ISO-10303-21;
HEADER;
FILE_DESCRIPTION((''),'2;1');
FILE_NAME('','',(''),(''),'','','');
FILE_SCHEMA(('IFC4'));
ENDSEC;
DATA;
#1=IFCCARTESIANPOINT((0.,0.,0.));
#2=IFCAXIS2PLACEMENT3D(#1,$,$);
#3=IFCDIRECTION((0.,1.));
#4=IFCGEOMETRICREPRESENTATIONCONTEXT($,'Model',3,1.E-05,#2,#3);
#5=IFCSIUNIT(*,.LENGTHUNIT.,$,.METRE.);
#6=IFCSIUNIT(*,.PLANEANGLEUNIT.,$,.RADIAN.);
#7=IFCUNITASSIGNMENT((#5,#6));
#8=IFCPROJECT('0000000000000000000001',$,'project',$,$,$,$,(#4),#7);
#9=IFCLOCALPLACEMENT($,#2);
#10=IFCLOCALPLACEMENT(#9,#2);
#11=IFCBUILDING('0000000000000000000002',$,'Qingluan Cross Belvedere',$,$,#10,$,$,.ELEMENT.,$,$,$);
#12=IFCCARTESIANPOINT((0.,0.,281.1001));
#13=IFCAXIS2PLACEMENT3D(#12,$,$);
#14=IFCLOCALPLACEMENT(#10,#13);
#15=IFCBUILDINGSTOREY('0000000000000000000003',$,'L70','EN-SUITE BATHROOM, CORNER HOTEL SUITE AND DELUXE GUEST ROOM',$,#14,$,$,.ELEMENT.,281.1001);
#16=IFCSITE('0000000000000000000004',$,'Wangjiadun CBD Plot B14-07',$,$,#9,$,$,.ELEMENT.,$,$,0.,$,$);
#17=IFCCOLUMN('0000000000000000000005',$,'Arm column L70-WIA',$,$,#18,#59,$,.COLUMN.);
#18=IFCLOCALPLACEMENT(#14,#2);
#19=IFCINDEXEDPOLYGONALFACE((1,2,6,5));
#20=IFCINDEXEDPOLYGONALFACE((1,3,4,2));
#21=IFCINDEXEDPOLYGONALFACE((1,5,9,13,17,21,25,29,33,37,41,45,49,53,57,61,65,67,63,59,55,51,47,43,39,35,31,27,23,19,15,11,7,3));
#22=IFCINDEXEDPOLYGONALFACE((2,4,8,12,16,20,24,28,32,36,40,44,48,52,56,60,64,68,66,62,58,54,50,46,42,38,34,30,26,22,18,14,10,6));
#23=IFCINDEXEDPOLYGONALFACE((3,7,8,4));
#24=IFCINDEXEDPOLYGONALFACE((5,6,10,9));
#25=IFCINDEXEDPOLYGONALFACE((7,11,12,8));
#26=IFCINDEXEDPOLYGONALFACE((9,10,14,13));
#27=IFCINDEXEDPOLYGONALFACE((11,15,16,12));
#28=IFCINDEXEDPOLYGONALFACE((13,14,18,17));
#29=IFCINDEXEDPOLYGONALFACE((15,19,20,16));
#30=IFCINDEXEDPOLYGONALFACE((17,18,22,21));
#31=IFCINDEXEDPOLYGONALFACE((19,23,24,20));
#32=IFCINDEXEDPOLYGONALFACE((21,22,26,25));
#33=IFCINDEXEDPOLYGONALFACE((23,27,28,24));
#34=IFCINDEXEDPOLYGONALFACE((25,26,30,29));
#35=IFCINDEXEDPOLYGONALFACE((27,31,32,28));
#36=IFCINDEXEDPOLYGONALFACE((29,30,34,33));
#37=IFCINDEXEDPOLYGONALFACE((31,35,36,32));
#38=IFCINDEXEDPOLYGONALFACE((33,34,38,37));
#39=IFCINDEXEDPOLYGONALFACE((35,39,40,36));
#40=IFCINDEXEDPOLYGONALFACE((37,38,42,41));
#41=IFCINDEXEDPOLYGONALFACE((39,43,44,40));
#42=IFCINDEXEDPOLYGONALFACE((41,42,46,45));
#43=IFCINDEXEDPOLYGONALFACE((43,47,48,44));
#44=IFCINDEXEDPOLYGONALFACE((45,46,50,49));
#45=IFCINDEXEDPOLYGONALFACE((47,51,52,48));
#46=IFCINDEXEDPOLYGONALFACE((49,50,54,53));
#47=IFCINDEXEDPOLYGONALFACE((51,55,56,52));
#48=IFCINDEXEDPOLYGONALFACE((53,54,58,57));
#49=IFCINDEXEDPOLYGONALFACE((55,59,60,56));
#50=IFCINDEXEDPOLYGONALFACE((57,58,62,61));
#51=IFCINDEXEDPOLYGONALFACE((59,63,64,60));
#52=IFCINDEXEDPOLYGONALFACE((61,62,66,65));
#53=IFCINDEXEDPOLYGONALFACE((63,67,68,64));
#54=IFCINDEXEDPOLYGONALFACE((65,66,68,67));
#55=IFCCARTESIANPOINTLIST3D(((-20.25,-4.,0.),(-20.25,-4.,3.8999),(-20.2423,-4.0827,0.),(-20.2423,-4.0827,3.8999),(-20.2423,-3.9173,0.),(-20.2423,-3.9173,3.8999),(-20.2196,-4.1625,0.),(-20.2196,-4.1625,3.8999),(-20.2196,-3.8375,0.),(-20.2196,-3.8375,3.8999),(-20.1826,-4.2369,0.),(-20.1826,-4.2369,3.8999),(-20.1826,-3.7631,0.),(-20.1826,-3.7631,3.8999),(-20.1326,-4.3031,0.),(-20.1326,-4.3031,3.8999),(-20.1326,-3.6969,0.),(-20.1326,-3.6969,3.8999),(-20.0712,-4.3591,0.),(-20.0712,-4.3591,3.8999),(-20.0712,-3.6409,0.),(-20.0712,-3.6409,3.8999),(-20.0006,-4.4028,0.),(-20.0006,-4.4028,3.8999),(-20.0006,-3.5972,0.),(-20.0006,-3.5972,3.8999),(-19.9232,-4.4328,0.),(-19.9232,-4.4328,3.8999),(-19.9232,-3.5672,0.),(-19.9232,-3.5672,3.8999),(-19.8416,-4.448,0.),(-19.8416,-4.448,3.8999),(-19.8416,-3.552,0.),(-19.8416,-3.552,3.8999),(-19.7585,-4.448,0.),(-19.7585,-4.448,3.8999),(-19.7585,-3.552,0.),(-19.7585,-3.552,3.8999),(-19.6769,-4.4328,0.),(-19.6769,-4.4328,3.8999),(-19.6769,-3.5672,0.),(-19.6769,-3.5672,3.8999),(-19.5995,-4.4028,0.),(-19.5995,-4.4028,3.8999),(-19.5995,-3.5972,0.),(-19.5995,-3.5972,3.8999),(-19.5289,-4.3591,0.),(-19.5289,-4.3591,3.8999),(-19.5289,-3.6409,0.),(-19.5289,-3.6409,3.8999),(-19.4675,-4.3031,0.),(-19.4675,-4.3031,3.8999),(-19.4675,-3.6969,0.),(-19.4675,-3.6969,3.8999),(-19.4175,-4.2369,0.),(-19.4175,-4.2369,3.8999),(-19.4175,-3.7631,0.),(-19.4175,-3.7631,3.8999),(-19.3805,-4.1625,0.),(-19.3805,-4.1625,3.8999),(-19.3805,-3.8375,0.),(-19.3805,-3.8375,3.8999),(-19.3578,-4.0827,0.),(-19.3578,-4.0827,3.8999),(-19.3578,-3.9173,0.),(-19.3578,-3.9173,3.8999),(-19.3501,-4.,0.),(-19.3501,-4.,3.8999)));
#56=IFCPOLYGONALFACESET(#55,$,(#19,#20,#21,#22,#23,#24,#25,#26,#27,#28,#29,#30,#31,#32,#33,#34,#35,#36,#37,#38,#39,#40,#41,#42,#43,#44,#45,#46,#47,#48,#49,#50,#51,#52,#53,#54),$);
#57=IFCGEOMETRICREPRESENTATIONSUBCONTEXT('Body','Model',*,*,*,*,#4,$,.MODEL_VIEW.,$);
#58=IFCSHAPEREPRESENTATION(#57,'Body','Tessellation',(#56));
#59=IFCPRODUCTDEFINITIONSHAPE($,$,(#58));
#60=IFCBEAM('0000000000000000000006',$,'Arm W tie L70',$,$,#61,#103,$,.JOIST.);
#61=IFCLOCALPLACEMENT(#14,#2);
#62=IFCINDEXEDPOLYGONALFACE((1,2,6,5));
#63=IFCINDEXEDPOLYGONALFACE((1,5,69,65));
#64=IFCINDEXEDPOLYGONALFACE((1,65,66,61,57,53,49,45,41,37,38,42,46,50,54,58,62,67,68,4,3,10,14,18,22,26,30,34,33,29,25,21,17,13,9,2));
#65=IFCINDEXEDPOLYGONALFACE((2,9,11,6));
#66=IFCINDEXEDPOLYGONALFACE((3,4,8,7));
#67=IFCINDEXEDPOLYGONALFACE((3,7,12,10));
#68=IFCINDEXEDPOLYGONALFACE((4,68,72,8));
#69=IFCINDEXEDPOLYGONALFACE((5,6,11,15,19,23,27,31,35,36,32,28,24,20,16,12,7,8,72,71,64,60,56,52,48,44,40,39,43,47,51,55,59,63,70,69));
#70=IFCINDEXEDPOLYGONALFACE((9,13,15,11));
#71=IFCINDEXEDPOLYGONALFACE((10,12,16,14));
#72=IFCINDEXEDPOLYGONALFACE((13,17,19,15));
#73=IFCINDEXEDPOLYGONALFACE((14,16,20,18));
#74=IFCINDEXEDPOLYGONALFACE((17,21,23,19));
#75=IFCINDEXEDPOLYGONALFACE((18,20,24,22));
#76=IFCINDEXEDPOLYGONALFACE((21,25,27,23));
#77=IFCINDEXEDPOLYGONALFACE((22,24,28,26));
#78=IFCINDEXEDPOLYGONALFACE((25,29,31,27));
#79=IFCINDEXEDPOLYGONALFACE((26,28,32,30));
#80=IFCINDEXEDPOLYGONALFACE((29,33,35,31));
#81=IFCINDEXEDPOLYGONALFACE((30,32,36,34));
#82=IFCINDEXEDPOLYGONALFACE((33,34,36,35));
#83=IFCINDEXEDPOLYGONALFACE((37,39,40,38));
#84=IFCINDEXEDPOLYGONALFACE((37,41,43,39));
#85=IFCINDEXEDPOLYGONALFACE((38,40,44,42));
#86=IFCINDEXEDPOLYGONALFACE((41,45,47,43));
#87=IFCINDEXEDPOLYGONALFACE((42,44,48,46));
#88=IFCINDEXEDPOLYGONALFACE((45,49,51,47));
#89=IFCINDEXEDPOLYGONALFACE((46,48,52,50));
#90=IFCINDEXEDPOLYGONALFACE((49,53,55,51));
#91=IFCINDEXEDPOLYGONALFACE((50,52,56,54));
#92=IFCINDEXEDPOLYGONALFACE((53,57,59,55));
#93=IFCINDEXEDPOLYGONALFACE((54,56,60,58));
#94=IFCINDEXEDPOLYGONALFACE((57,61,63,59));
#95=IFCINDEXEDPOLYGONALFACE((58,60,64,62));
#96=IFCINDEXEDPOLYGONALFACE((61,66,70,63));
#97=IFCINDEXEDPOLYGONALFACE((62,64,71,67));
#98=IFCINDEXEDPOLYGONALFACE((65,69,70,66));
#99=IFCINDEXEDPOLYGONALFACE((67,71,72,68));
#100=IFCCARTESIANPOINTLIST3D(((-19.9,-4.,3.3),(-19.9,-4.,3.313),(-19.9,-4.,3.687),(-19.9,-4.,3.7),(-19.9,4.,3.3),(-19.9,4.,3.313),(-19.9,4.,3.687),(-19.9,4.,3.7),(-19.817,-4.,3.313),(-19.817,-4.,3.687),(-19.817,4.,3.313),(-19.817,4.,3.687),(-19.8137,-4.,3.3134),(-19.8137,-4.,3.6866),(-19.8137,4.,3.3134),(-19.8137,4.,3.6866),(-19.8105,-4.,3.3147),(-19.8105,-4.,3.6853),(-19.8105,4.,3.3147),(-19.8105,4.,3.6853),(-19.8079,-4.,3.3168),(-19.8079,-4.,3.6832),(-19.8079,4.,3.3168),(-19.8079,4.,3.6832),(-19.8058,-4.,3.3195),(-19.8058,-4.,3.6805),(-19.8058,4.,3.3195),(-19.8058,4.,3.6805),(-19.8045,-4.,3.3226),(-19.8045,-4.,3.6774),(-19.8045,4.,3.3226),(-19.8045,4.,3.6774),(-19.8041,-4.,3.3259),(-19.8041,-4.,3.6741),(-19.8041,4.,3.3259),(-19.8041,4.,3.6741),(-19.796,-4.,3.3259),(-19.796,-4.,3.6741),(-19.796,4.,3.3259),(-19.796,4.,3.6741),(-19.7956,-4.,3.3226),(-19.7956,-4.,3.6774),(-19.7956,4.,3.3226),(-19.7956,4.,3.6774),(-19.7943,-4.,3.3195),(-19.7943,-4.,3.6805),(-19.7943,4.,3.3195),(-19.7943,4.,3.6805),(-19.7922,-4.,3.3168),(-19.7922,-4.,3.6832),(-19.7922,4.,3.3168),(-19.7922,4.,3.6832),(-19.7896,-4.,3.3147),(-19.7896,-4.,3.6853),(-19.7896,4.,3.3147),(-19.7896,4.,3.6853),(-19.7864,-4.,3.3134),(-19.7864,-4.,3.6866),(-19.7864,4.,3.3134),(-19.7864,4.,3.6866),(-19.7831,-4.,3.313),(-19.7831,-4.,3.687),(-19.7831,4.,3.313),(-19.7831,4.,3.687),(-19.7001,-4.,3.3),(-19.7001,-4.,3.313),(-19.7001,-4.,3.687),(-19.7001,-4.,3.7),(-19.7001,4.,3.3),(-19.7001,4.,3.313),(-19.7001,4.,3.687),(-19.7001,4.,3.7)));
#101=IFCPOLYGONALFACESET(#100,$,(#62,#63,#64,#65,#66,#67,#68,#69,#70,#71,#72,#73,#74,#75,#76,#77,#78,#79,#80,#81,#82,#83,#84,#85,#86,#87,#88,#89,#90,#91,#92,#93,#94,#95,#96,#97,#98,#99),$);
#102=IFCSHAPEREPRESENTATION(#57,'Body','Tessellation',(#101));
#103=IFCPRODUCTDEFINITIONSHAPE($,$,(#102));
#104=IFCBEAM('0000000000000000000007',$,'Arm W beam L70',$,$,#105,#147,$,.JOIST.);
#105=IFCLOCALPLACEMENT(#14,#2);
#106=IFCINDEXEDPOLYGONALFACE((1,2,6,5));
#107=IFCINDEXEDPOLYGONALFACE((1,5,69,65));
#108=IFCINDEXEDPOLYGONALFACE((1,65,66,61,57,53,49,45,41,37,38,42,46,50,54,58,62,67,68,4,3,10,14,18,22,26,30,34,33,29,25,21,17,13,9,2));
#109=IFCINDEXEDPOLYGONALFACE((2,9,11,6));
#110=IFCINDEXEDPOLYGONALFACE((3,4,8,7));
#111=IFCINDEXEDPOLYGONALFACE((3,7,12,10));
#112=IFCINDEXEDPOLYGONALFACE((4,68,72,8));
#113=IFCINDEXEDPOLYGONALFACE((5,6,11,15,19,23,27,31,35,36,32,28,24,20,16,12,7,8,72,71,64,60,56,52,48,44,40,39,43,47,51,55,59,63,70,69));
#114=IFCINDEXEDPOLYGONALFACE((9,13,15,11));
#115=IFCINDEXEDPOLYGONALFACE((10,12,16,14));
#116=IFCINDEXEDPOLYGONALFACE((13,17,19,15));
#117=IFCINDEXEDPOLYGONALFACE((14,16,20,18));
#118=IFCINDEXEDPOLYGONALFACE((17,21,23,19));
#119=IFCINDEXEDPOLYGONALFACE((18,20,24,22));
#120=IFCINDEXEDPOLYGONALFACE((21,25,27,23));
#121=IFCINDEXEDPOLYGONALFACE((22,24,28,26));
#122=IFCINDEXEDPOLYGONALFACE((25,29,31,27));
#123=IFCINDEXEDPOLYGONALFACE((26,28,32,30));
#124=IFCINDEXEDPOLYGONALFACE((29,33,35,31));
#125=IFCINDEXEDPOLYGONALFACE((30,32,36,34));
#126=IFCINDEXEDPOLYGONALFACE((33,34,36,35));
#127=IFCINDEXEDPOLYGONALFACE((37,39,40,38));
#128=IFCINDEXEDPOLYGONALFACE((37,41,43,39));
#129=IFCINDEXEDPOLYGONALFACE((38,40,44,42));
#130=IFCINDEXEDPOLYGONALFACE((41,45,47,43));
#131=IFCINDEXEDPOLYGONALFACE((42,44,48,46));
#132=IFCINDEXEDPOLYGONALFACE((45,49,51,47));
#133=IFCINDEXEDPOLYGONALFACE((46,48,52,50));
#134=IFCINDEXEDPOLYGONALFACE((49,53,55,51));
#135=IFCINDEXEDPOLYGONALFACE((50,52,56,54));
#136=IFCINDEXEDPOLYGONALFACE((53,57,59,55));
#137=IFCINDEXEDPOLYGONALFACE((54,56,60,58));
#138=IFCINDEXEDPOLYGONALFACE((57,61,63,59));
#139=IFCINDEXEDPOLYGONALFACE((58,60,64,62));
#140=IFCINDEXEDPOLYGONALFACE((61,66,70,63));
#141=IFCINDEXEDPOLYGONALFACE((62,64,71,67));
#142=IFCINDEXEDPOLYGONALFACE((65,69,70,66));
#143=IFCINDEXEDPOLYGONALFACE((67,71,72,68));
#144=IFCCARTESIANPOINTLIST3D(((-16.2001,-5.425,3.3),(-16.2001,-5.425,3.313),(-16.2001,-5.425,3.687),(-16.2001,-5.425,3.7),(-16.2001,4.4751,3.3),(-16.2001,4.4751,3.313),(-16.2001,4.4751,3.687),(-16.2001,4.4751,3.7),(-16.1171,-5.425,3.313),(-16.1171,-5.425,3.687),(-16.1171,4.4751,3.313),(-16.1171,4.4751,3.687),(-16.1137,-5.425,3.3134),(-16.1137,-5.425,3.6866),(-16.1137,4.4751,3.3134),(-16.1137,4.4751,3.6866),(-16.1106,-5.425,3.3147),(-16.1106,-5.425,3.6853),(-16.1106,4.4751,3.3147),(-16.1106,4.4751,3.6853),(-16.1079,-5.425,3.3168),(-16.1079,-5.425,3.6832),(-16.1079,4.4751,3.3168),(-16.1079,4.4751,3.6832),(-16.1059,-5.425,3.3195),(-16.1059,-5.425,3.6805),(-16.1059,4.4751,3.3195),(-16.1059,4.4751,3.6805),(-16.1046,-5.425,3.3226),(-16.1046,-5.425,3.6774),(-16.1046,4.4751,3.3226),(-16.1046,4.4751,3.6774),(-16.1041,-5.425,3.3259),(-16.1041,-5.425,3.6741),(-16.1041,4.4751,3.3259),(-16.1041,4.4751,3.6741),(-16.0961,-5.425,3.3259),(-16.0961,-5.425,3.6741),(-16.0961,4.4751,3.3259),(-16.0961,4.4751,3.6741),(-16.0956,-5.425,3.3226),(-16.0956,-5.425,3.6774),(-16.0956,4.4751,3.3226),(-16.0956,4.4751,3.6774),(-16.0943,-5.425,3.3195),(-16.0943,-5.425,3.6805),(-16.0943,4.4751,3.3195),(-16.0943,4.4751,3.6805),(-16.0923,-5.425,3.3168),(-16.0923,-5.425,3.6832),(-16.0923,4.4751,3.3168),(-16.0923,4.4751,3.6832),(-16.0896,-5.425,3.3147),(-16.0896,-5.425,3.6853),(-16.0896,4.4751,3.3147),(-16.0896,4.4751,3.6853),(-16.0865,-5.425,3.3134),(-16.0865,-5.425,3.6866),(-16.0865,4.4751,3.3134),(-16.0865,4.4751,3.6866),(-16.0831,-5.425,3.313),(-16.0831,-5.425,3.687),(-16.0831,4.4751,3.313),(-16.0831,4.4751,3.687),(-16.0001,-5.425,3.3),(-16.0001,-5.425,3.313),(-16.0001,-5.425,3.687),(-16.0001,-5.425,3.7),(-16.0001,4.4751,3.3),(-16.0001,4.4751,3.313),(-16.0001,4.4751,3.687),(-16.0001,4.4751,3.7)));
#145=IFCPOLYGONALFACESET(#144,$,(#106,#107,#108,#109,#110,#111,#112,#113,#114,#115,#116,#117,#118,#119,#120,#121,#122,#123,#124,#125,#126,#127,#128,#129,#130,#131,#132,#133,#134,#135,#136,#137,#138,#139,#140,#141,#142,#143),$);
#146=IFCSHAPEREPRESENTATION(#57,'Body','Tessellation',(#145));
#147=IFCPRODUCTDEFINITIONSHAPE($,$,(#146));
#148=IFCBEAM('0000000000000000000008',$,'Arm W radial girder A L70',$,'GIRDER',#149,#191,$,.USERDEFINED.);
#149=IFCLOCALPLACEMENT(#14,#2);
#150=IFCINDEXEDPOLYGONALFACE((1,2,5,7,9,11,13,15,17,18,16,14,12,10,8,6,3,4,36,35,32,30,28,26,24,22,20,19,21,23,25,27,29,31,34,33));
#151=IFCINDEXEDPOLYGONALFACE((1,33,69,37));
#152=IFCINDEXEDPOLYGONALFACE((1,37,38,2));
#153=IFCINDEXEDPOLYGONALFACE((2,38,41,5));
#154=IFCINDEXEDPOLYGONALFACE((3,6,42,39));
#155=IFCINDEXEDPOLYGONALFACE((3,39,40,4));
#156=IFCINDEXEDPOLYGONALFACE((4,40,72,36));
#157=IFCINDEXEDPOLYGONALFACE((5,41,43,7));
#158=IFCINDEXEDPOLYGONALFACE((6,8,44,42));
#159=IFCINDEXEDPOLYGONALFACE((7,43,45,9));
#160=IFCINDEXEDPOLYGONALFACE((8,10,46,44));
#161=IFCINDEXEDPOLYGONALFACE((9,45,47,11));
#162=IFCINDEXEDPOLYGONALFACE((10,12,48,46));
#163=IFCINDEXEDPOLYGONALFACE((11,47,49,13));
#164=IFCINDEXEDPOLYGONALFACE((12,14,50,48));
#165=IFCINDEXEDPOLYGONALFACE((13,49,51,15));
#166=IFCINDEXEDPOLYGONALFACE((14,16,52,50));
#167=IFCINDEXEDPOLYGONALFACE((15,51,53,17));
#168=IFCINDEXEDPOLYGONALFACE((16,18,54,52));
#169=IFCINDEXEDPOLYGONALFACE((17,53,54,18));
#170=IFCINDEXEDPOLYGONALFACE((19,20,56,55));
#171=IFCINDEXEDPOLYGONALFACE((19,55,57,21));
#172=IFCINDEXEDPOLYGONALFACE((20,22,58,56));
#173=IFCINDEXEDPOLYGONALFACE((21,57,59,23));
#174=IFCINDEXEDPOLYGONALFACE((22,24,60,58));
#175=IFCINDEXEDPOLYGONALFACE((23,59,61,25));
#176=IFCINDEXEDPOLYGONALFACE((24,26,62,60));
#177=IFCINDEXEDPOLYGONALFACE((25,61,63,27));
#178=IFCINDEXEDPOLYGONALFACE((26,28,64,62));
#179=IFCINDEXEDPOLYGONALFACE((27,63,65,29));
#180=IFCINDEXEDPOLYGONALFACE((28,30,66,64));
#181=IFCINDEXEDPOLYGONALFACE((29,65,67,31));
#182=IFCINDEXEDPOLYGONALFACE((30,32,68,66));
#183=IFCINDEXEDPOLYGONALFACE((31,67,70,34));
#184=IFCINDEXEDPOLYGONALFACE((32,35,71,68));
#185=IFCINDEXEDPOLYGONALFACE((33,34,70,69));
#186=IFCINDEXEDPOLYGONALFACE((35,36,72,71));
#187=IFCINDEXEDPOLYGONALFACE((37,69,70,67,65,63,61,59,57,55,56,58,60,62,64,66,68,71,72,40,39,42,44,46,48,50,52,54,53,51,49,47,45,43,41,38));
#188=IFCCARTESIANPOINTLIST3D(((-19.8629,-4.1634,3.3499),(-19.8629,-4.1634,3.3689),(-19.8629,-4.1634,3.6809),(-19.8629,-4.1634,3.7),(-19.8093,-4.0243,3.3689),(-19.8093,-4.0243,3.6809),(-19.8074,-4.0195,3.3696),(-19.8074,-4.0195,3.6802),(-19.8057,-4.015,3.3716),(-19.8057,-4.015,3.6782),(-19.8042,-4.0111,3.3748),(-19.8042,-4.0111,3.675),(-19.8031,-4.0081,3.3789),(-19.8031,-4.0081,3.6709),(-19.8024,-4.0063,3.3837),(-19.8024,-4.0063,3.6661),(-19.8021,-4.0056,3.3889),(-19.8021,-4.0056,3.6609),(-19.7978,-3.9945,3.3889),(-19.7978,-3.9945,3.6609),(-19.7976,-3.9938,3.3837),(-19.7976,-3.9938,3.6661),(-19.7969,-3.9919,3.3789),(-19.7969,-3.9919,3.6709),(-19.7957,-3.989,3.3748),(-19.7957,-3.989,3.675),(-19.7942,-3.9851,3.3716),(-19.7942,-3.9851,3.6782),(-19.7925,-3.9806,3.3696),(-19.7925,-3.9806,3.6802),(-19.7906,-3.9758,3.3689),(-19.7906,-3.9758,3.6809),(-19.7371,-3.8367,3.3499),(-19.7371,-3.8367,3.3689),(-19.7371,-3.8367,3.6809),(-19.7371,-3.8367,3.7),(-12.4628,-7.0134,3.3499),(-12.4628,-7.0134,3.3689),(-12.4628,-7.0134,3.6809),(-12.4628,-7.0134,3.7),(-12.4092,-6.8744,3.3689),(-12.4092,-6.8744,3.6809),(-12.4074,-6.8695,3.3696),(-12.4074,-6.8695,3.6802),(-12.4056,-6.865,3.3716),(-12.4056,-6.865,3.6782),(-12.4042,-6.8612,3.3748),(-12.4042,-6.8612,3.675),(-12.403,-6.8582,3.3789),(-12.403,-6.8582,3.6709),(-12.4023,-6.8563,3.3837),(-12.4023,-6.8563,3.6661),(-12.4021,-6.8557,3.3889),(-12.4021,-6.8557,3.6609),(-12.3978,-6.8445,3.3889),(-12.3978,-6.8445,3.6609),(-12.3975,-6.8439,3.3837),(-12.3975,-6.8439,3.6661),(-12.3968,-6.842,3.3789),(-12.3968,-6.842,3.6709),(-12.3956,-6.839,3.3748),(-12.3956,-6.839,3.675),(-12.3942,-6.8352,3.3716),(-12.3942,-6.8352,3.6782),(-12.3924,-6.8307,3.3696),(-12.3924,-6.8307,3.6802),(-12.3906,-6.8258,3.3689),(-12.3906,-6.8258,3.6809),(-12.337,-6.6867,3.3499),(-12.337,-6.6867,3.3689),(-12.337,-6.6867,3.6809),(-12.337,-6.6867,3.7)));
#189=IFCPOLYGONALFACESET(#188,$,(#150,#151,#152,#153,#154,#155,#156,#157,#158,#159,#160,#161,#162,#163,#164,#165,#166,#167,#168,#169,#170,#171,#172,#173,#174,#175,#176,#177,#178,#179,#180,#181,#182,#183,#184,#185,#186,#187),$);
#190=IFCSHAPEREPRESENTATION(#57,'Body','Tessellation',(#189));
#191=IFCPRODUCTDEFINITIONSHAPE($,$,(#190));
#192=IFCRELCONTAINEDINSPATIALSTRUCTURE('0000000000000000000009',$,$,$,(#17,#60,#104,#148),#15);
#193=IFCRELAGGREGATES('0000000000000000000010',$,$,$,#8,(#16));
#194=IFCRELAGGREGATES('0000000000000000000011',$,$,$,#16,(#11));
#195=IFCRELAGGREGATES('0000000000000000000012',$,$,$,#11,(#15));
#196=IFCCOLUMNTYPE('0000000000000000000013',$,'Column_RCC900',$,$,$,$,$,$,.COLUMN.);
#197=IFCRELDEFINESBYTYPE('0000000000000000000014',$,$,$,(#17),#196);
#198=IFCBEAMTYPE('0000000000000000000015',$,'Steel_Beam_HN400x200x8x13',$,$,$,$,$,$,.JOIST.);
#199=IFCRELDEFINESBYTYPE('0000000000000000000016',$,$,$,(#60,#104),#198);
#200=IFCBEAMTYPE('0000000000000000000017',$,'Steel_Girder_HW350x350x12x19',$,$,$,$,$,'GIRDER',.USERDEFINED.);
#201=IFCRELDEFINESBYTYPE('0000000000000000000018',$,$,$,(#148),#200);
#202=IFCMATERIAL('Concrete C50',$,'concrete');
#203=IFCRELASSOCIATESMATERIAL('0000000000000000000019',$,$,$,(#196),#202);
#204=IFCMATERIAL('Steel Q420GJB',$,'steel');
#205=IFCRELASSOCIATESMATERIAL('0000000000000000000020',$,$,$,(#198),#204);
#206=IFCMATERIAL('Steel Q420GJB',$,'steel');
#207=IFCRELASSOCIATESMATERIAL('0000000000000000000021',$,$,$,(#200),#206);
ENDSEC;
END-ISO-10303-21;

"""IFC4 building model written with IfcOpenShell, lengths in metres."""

from ifc_helpers import new_model, si_unit, direction, frame, origin, origin_2d, place, context, subcontext, project, spatial, circle, i_section, extrude, material, material_profile, profile_set, type_object, element, save


model = new_model("IFC4")

# Units and contexts
model_context = context("Model", 3, precision=1e-05, world=origin(), true_north=direction((0.0, 1.0)))
body_context = subcontext(model_context, "Body", "Model", "MODEL_VIEW")
ifc_project = project(units=[si_unit("LENGTHUNIT", "METRE"), si_unit("PLANEANGLEUNIT", "RADIAN")], contexts=[model_context])

# Site, building, storey
site_placement = place(None, origin())
site = spatial("IfcSite", under=ifc_project, at=site_placement, Name="Wangjiadun CBD Plot B14-07", CompositionType="ELEMENT", RefElevation=0.0)
building_placement = place(site_placement, origin())
building = spatial("IfcBuilding", under=site, at=building_placement, Name="Qingluan Cross Belvedere", CompositionType="ELEMENT")
storey_placement = place(building_placement, frame((0.0, 0.0, 281.1001)))
storey = spatial("IfcBuildingStorey", under=building, at=storey_placement, Name="L70", Description="EN-SUITE BATHROOM, CORNER HOTEL SUITE AND DELUXE GUEST ROOM", CompositionType="ELEMENT", Elevation=281.1001)

# Column
ifc_material_1 = material(Name="Concrete C50", Category="concrete")
ifc_material_profile_1 = material_profile(ifc_material_1, circle(Radius=0.45, at=origin_2d()), Name="RCC900")
ifc_profile_set_1 = profile_set([ifc_material_profile_1], Name="Concrete C50")
column_type = type_object("IfcColumnType", Name="Column_RCC900", PredefinedType="COLUMN", material=ifc_profile_set_1)
column_placement = place(storey_placement, frame((-19.8, -4.0, 0.0), z_axis=(0.0, 0.0, 1.0), x_axis=(1.0, 0.0, 0.0)))
element("IfcColumn", 1, at=column_placement, inside=storey, type_object=column_type, Name="Arm column L70-WIA", PredefinedType="COLUMN", context=body_context, shape_type="SweptSolid", body=[
    extrude(circle(Radius=0.45, at=origin_2d()), origin(), (0.0, 0.0, 1.0), 3.8999),
])

# Beams
ifc_material_2 = material(Name="Steel Q420GJB", Category="steel")
ifc_material_profile_2 = material_profile(ifc_material_2, i_section(OverallWidth=0.2, OverallDepth=0.3999, WebThickness=0.0081, FlangeThickness=0.0129, FilletRadius=0.0129, at=origin_2d()), Name="HN400x200x8x13")
ifc_profile_set_2 = profile_set([ifc_material_profile_2], Name="Steel Q420GJB")
beam_type_1 = type_object("IfcBeamType", Name="Steel_Beam_HN400x200x8x13", PredefinedType="JOIST", material=ifc_profile_set_2)
beam_1_placement = place(storey_placement, frame((-19.8, -4.0, 3.5), z_axis=(0.0, 1.0, 0.0), x_axis=(-1.0, 0.0, 0.0)))
element("IfcBeam", 2, at=beam_1_placement, inside=storey, type_object=beam_type_1, Name="Arm W tie L70", PredefinedType="JOIST", context=body_context, shape_type="SweptSolid", body=[
    extrude(i_section(OverallWidth=0.2, OverallDepth=0.3999, WebThickness=0.0081, FlangeThickness=0.0129, FilletRadius=0.0129, at=origin_2d()), origin(), (0.0, 0.0, 1.0), 8.0),
])
beam_2_placement = place(storey_placement, frame((-16.1001, -5.425, 3.5), z_axis=(0.0, 1.0, 0.0), x_axis=(-1.0, 0.0, 0.0)))
element("IfcBeam", 3, at=beam_2_placement, inside=storey, type_object=beam_type_1, Name="Arm W beam L70", PredefinedType="JOIST", context=body_context, shape_type="SweptSolid", body=[
    extrude(i_section(OverallWidth=0.2, OverallDepth=0.3999, WebThickness=0.0081, FlangeThickness=0.0129, FilletRadius=0.0129, at=origin_2d()), origin(), (0.0, 0.0, 1.0), 9.9001),
])
ifc_material_3 = material(Name="Steel Q420GJB", Category="steel")
ifc_material_profile_3 = material_profile(ifc_material_3, i_section(OverallWidth=0.3501, OverallDepth=0.3501, WebThickness=0.012, FlangeThickness=0.019, FilletRadius=0.02, at=origin_2d()), Name="HW350x350x12x19")
ifc_profile_set_3 = profile_set([ifc_material_profile_3], Name="Steel Q420GJB")
beam_type_2 = type_object("IfcBeamType", Name="Steel_Girder_HW350x350x12x19", ElementType="GIRDER", PredefinedType="USERDEFINED", material=ifc_profile_set_3)
beam_3_placement = place(storey_placement, frame((-12.3999, -6.8501, 3.5249), z_axis=(-0.933181, 0.359406, 0.0), x_axis=(-0.359406, -0.933181, 0.0)))
element("IfcBeam", 4, at=beam_3_placement, inside=storey, type_object=beam_type_2, Name="Arm W radial girder A L70", ObjectType="GIRDER", PredefinedType="USERDEFINED", context=body_context, shape_type="SweptSolid", body=[
    extrude(i_section(OverallWidth=0.3501, OverallDepth=0.3501, WebThickness=0.012, FlangeThickness=0.019, FilletRadius=0.02, at=origin_2d()), origin(), (0.0, 0.0, 1.0), 7.9299),
])

save(model, "model.ifc")
